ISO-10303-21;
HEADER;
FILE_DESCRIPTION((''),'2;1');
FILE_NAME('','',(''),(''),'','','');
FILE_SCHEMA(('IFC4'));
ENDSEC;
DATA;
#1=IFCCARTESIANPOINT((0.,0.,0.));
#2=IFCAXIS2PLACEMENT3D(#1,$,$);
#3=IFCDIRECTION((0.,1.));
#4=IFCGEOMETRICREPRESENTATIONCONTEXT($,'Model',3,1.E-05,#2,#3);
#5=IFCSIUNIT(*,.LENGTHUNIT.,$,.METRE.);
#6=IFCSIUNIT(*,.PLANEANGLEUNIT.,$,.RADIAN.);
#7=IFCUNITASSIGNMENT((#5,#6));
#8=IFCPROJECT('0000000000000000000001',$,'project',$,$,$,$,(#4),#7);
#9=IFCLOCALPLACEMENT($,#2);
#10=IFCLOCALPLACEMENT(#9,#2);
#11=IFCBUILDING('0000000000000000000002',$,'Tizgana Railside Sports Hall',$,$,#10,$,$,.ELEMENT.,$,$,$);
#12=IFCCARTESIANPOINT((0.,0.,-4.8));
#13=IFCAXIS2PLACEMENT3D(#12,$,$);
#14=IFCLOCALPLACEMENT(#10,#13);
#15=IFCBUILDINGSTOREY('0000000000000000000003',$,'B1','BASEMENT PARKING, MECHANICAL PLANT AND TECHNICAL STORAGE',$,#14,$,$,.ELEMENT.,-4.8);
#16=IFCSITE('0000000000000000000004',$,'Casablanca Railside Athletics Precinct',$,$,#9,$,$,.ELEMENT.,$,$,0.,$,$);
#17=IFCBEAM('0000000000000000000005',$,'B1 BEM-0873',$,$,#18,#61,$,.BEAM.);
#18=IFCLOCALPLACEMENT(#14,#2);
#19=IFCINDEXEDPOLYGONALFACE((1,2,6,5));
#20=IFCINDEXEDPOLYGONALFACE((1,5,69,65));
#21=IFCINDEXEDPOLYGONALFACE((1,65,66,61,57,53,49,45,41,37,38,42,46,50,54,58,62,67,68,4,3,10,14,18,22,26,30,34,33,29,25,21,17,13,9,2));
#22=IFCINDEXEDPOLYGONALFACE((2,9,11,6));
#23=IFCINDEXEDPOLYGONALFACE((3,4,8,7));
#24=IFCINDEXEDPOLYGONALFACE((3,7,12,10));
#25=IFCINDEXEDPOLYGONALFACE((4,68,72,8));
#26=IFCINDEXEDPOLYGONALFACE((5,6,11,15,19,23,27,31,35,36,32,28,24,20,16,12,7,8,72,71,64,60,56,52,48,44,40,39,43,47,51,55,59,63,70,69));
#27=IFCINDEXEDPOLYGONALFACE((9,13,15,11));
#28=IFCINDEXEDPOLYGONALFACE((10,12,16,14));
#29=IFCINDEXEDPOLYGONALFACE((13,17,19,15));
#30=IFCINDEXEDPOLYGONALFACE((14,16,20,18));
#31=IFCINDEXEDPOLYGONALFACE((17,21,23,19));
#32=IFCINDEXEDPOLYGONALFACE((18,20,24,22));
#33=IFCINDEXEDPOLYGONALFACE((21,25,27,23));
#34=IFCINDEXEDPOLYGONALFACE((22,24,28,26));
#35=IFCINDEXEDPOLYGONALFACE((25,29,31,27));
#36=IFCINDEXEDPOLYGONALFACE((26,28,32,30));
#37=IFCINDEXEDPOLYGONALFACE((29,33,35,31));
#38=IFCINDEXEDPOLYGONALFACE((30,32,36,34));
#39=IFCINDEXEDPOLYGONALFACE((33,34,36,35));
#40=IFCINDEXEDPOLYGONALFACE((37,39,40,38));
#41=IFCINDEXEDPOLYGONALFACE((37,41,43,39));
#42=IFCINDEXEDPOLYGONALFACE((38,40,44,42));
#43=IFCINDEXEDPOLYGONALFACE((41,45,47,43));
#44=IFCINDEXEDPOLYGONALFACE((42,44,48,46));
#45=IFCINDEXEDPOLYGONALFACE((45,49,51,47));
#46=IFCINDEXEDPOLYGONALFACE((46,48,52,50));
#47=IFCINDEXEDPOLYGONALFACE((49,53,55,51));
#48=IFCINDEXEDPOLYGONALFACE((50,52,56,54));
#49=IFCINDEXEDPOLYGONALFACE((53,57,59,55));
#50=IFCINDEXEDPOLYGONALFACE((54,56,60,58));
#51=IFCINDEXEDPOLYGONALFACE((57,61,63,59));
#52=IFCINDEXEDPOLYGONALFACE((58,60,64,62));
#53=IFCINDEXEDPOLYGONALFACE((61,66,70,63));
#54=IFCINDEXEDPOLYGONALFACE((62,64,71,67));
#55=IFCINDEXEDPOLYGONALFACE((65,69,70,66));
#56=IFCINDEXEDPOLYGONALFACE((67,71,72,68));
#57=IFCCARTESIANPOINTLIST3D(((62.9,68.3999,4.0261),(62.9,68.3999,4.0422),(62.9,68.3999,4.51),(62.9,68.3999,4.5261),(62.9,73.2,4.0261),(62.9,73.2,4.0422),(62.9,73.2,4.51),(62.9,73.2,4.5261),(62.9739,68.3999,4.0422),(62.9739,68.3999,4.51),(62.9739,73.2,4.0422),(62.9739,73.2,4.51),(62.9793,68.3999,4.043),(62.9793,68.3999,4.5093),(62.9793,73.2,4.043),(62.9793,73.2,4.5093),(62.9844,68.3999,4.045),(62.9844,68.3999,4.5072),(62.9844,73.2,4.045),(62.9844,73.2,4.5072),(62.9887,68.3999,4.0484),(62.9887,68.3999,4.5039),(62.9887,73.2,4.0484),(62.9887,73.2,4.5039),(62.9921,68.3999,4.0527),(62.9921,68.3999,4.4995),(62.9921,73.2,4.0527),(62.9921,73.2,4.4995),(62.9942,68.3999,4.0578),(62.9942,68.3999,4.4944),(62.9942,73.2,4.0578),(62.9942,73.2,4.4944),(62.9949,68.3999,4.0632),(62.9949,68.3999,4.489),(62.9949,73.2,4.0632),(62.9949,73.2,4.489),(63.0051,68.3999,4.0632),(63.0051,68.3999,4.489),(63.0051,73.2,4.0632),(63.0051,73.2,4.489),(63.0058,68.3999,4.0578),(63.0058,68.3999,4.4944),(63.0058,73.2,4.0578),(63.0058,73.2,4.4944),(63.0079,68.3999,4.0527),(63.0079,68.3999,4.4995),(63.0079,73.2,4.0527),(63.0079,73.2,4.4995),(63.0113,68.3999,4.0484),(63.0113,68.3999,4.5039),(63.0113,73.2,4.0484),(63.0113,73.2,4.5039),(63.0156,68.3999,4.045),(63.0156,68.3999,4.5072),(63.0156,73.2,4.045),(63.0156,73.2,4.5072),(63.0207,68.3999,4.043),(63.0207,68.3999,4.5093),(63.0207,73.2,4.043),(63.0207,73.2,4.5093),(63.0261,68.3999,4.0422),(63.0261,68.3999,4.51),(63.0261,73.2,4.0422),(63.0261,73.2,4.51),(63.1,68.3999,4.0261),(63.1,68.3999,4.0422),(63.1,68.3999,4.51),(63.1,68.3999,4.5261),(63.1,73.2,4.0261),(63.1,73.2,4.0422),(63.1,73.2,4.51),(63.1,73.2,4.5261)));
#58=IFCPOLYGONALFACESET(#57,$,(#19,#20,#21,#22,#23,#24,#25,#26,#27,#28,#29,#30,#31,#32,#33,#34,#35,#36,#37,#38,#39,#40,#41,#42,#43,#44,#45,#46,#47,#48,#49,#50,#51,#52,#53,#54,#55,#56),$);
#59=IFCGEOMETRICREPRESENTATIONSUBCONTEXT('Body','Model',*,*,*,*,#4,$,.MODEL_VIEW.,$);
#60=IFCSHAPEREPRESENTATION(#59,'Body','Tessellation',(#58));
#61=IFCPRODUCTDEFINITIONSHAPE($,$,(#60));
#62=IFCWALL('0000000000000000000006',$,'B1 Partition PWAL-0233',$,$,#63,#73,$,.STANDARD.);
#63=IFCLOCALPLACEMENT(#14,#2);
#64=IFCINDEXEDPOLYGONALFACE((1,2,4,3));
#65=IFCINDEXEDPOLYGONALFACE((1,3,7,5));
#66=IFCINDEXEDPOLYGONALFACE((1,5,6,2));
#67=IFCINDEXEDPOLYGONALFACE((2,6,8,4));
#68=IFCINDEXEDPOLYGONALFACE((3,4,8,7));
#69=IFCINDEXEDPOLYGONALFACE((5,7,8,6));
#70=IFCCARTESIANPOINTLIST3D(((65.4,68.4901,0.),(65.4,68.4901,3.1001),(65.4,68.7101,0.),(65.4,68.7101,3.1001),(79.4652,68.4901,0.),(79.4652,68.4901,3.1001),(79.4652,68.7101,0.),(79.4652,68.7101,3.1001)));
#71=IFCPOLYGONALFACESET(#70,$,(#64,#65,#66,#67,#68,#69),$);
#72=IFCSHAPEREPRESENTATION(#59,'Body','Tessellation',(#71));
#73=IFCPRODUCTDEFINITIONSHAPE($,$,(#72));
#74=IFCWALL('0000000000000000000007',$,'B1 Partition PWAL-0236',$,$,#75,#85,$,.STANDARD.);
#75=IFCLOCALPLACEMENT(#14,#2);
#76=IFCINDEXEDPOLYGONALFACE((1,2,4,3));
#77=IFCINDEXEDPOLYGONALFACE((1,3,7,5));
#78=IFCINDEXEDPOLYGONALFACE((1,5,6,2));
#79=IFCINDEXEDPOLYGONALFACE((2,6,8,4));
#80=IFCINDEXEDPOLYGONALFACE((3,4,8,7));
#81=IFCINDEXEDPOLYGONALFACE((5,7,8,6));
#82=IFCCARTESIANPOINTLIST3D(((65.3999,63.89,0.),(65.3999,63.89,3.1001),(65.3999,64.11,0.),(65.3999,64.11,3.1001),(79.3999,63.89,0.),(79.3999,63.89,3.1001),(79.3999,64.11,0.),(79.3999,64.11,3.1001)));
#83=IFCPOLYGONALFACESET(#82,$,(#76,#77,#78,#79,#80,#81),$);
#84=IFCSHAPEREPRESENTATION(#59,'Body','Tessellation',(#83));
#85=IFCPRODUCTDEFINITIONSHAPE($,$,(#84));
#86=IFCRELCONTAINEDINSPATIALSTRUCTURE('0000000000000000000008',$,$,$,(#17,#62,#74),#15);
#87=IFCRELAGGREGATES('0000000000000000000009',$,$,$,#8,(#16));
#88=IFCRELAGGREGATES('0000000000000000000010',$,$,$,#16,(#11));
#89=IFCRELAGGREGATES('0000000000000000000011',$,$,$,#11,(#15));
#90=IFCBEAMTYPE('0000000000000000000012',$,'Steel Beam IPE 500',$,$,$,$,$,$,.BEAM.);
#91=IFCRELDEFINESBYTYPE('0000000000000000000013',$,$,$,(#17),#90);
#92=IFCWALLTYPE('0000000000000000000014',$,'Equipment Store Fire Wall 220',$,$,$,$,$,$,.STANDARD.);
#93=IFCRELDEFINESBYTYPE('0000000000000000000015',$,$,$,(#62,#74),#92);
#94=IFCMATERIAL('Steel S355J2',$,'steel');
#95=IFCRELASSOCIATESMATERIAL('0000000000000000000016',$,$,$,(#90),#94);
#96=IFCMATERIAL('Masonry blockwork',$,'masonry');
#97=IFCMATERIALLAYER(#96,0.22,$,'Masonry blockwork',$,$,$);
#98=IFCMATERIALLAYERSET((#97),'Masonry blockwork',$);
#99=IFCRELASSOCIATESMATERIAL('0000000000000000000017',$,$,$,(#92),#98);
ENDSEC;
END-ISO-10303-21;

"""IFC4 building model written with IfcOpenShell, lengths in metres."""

from ifc_helpers import new_model, si_unit, direction, frame, frame_2d, origin, origin_2d, place, context, subcontext, project, spatial, rectangle, i_section, extrude, material, layer, layer_set, material_profile, profile_set, type_object, element, save


model = new_model("IFC4")

# Units and contexts
model_context = context("Model", 3, precision=1e-05, world=origin(), true_north=direction((0.0, 1.0)))
body_context = subcontext(model_context, "Body", "Model", "MODEL_VIEW")
ifc_project = project(units=[si_unit("LENGTHUNIT", "METRE"), si_unit("PLANEANGLEUNIT", "RADIAN")], contexts=[model_context])

# Site, building, storey
site_placement = place(None, origin())
site = spatial("IfcSite", under=ifc_project, at=site_placement, Name="Casablanca Railside Athletics Precinct", CompositionType="ELEMENT", RefElevation=0.0)
building_placement = place(site_placement, origin())
building = spatial("IfcBuilding", under=site, at=building_placement, Name="Tizgana Railside Sports Hall", CompositionType="ELEMENT")
storey_placement = place(building_placement, frame((0.0, 0.0, -4.8)))
storey = spatial("IfcBuildingStorey", under=building, at=storey_placement, Name="B1", Description="BASEMENT PARKING, MECHANICAL PLANT AND TECHNICAL STORAGE", CompositionType="ELEMENT", Elevation=-4.8)

# Beam
ifc_material_1 = material(Name="Steel S355J2", Category="steel")
ifc_material_profile_1 = material_profile(ifc_material_1, i_section(OverallWidth=0.2, OverallDepth=0.5, WebThickness=0.0103, FlangeThickness=0.0161, FilletRadius=0.021, at=origin_2d()), Name="IPE 500")
ifc_profile_set_1 = profile_set([ifc_material_profile_1], Name="Steel S355J2")
beam_type_1 = type_object("IfcBeamType", Name="Steel Beam IPE 500", PredefinedType="BEAM", material=ifc_profile_set_1)
beam_1_placement = place(storey_placement, frame((63.0, 68.3999, 4.2761), z_axis=(0.0, 1.0, 0.0), x_axis=(-1.0, 0.0, 0.0)))
element("IfcBeam", 1, at=beam_1_placement, inside=storey, type_object=beam_type_1, Name="B1 BEM-0873", PredefinedType="BEAM", context=body_context, shape_type="SweptSolid", body=[
    extrude(i_section(OverallWidth=0.2, OverallDepth=0.5, WebThickness=0.0103, FlangeThickness=0.0161, FilletRadius=0.021, at=origin_2d()), origin(), (0.0, 0.0, 1.0), 4.8),
])

# Walls
ifc_material_2 = material(Name="Masonry blockwork", Category="masonry")
ifc_layer = layer(ifc_material_2, 0.22, Name="Masonry blockwork")
ifc_layer_set = layer_set([ifc_layer], Name="Masonry blockwork")
wall_type = type_object("IfcWallType", Name="Equipment Store Fire Wall 220", PredefinedType="STANDARD", material=ifc_layer_set)
wall_1_placement = place(storey_placement, frame((65.3999, 68.6001, 0.0), z_axis=(0.0, 0.0, 1.0), x_axis=(1.0, 0.0, 0.0)))
element("IfcWall", 2, at=wall_1_placement, inside=storey, type_object=wall_type, Name="B1 Partition PWAL-0233", PredefinedType="STANDARD", context=body_context, shape_type="SweptSolid", body=[
    extrude(rectangle(XDim=14.0652, YDim=0.22, at=frame_2d((7.0327, 0.0))), origin(), (0.0, 0.0, 1.0), 3.1001),
])
wall_2_placement = place(storey_placement, frame((65.3999, 64.0, 0.0), z_axis=(0.0, 0.0, 1.0), x_axis=(1.0, 0.0, 0.0)))
element("IfcWall", 3, at=wall_2_placement, inside=storey, type_object=wall_type, Name="B1 Partition PWAL-0236", PredefinedType="STANDARD", context=body_context, shape_type="SweptSolid", body=[
    extrude(rectangle(XDim=14.0, YDim=0.22, at=frame_2d((7.0, 0.0))), origin(), (0.0, 0.0, 1.0), 3.1001),
])

save(model, "model.ifc")
